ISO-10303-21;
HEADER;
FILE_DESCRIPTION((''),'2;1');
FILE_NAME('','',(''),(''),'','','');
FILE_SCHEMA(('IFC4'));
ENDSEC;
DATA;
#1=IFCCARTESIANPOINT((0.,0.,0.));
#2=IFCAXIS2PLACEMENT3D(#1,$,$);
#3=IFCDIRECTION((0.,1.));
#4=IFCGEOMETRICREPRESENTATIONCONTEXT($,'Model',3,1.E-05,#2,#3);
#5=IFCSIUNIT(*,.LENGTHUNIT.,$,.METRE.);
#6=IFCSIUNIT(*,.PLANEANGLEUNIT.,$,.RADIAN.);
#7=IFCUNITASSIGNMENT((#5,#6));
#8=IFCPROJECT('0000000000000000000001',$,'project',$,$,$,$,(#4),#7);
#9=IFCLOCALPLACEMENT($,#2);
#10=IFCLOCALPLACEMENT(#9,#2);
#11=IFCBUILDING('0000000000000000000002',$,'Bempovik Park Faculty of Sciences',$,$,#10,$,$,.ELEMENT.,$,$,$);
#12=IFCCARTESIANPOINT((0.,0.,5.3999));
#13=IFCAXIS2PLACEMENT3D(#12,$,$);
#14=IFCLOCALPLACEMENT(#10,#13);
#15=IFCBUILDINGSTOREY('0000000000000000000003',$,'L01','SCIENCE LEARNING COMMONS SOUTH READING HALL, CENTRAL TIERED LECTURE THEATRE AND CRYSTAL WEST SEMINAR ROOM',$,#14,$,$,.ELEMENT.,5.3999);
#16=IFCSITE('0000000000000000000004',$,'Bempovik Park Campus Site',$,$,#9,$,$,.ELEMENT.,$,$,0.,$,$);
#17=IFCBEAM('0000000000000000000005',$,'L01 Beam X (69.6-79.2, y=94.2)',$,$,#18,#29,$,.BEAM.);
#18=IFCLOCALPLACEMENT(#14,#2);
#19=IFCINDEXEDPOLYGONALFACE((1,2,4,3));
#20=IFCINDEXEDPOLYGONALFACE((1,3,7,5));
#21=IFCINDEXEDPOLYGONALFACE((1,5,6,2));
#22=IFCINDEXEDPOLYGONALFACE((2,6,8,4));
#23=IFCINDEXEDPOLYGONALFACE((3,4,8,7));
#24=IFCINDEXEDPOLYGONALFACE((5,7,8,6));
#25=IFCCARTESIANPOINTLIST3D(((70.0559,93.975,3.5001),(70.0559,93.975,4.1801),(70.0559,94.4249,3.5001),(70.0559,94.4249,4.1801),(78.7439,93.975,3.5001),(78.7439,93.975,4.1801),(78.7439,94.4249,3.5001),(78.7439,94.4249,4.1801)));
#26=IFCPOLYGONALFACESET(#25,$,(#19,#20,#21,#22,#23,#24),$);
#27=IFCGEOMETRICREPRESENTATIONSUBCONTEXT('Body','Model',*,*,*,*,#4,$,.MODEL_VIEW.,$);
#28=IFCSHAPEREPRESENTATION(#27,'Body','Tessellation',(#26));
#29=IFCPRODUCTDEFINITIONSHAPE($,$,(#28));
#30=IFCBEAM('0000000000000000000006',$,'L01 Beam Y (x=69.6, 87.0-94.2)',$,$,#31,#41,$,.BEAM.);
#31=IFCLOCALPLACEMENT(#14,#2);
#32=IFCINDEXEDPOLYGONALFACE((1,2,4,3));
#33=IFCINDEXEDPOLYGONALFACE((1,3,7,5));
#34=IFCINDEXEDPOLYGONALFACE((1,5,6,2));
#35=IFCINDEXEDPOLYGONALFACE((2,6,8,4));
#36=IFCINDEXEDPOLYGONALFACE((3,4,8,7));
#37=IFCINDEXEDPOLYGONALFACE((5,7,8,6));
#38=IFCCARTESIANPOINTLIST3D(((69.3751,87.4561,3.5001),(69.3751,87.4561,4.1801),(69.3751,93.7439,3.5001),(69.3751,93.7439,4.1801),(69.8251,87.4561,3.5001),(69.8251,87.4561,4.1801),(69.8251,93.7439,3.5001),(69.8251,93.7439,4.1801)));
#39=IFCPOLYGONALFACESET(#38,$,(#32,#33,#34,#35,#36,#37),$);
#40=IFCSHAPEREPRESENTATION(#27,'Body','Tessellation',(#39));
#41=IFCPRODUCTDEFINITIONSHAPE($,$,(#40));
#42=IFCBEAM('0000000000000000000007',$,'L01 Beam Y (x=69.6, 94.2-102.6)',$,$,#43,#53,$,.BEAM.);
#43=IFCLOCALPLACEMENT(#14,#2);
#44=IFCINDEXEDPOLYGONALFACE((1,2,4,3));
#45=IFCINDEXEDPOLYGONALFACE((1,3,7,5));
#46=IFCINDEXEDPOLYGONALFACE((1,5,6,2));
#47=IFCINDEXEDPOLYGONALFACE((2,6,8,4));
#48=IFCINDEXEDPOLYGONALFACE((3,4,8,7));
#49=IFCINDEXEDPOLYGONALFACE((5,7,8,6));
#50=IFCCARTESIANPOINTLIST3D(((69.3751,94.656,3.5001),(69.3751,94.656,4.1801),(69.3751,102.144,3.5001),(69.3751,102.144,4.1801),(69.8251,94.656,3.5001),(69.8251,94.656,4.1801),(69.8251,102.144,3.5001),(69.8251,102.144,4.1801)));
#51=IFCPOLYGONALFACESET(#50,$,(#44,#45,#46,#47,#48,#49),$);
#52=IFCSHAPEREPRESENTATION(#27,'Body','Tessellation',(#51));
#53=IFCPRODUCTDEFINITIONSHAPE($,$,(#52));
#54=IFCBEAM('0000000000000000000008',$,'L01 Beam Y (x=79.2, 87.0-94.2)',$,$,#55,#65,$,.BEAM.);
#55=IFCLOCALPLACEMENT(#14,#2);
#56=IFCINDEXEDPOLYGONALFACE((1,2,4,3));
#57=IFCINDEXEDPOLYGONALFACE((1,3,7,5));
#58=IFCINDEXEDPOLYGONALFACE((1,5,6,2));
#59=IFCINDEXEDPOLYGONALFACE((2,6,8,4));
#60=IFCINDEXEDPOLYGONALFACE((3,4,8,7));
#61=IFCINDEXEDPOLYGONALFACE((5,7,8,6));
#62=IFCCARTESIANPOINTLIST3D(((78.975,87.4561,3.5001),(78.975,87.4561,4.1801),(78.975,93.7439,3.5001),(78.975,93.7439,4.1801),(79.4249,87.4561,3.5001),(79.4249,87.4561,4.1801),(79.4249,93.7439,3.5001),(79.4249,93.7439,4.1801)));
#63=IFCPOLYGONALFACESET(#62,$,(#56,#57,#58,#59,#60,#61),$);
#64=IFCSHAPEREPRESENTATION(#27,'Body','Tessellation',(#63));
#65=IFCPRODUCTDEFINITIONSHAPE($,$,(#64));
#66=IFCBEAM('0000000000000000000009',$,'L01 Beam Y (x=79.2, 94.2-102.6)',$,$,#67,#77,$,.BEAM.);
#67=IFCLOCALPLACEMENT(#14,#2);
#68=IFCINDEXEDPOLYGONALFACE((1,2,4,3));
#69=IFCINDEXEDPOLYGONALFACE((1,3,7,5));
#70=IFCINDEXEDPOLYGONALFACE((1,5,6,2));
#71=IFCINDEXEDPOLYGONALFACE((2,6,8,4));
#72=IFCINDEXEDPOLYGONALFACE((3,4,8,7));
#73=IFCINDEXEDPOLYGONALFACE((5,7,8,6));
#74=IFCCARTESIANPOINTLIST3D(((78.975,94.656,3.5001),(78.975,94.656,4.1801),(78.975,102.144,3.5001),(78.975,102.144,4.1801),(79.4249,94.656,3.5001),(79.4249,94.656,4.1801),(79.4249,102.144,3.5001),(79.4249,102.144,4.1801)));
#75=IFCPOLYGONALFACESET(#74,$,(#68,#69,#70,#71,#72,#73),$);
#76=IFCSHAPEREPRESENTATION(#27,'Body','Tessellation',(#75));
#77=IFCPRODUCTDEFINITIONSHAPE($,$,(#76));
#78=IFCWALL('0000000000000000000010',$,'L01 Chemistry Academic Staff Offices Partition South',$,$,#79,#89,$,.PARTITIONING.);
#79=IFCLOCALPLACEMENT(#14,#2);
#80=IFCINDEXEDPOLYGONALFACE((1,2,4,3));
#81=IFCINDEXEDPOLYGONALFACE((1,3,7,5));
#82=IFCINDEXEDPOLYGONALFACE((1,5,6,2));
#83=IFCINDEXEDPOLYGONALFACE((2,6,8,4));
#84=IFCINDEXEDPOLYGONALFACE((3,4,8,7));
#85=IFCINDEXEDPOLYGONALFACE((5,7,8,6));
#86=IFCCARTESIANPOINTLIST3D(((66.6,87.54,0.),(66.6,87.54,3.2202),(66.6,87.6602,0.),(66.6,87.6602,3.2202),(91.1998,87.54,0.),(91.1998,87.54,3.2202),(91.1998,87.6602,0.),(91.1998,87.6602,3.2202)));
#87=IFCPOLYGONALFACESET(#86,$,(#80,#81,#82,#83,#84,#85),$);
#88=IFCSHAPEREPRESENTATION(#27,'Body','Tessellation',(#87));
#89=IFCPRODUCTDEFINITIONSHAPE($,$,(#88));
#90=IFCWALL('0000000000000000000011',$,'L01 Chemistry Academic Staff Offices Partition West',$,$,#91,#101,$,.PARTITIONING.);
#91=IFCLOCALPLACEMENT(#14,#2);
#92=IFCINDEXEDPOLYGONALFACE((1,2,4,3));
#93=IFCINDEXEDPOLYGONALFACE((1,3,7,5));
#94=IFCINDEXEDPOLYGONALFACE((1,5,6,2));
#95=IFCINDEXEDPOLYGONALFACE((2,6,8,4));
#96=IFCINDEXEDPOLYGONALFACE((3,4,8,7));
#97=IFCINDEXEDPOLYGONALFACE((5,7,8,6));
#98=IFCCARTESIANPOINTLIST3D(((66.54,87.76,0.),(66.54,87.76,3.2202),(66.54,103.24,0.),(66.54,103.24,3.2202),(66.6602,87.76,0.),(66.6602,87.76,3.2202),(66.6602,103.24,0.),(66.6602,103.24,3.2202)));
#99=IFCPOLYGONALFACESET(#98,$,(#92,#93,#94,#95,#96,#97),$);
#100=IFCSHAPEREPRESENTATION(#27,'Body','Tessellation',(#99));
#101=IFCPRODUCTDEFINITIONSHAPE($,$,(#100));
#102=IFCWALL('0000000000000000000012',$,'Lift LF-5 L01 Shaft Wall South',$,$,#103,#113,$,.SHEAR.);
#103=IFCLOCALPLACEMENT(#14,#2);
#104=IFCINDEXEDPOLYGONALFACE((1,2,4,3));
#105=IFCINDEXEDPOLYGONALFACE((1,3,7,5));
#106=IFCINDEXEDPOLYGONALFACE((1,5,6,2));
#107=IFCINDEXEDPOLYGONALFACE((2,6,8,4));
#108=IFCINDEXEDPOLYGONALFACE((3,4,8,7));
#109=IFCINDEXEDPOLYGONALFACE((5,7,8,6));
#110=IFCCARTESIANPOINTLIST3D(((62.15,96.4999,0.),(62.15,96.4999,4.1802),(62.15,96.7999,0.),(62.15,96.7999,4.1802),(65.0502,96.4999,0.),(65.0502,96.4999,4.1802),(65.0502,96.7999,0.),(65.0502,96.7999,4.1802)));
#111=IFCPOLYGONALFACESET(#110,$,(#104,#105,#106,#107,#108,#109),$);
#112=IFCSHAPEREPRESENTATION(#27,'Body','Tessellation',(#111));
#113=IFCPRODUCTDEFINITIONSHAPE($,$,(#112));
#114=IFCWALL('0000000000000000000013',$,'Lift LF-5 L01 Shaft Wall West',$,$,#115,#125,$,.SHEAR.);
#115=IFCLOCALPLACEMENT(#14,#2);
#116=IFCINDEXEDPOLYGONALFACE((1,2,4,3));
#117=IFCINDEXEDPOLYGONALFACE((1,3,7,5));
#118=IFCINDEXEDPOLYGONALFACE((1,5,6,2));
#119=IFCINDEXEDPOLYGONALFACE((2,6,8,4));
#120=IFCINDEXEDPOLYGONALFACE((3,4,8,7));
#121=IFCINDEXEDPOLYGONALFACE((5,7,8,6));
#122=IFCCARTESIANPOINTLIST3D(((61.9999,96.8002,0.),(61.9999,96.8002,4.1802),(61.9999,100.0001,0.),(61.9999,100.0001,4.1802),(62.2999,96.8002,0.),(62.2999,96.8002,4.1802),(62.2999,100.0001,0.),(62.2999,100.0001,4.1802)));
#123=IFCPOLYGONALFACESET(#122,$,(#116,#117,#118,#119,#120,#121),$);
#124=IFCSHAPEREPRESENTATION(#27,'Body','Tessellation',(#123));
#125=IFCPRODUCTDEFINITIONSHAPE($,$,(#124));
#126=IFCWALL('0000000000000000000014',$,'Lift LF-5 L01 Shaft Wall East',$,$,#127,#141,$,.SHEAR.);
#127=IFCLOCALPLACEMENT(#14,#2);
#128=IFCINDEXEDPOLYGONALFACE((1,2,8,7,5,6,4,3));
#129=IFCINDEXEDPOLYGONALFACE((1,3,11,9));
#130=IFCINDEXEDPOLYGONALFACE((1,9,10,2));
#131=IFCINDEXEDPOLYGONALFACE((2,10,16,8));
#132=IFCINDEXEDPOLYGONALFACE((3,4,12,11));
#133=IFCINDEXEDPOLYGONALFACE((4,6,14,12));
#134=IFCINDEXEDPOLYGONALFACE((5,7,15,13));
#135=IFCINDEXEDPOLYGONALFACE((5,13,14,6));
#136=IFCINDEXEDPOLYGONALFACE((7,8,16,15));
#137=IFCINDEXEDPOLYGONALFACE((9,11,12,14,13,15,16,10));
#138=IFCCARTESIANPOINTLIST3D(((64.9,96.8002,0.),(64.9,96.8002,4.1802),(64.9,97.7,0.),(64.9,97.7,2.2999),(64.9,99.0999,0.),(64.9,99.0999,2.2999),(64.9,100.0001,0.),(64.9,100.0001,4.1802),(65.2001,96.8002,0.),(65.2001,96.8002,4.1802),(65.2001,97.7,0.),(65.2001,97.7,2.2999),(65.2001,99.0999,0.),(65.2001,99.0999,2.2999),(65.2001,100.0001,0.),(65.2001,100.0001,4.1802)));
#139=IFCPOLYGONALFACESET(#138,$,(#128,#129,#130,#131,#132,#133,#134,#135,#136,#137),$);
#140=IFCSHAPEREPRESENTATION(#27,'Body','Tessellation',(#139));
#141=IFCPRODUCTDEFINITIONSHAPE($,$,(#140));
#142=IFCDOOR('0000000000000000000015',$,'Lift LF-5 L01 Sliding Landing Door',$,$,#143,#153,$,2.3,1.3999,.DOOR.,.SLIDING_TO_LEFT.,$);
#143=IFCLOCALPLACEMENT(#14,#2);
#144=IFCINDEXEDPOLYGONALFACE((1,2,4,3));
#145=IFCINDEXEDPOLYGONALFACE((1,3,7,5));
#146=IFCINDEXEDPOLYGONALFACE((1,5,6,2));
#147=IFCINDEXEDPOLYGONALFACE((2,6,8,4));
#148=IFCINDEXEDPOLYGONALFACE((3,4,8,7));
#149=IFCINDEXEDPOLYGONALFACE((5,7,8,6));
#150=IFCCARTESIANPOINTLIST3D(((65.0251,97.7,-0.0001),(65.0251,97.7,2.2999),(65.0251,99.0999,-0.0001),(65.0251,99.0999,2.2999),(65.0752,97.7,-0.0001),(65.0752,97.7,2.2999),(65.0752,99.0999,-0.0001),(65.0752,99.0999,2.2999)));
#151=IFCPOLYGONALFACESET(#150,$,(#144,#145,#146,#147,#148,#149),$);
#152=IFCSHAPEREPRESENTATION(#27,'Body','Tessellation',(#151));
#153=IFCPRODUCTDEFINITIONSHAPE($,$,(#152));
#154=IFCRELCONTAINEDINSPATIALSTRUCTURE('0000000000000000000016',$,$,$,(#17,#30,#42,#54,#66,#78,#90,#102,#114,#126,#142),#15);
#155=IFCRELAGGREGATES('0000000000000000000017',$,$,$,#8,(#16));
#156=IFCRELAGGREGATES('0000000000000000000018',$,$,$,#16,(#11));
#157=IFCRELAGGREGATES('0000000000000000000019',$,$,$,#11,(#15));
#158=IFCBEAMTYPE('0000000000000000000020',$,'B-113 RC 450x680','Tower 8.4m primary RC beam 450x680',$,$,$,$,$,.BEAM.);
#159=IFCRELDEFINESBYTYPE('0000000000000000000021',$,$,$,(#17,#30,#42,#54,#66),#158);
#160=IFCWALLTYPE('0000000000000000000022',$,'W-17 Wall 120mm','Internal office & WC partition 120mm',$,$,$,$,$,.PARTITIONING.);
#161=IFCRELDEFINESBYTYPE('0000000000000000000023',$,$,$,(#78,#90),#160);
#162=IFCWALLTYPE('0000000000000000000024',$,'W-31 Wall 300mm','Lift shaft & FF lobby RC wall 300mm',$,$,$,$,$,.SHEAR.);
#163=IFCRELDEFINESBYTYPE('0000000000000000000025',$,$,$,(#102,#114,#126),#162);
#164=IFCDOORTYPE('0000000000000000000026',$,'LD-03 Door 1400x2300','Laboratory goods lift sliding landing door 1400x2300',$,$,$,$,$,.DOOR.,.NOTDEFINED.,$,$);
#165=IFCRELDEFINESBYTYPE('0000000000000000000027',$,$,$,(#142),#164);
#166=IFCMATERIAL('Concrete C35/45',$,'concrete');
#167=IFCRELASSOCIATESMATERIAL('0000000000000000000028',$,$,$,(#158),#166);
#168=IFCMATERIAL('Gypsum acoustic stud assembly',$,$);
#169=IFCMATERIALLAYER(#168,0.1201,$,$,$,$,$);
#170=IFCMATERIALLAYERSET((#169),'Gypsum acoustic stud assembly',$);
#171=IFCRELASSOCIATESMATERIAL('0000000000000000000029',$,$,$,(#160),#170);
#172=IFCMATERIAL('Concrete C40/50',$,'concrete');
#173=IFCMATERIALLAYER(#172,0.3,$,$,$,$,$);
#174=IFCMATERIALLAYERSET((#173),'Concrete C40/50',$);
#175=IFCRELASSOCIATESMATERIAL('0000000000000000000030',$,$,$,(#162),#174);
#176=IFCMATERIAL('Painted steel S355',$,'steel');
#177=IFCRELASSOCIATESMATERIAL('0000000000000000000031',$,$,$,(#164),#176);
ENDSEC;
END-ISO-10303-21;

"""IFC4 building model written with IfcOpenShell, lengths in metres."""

from ifc_helpers import new_model, si_unit, direction, frame, frame_2d, origin, origin_2d, place, context, subcontext, project, spatial, rectangle, extrude, material, layer, layer_set, material_profile, profile_set, type_object, element, fill, save


model = new_model("IFC4")

# Units and contexts
model_context = context("Model", 3, precision=1e-05, world=origin(), true_north=direction((0.0, 1.0)))
body_context = subcontext(model_context, "Body", "Model", "MODEL_VIEW")
ifc_project = project(units=[si_unit("LENGTHUNIT", "METRE"), si_unit("PLANEANGLEUNIT", "RADIAN")], contexts=[model_context])

# Site, building, storey
site_placement = place(None, origin())
site = spatial("IfcSite", under=ifc_project, at=site_placement, Name="Bempovik Park Campus Site", CompositionType="ELEMENT", RefElevation=0.0)
building_placement = place(site_placement, origin())
building = spatial("IfcBuilding", under=site, at=building_placement, Name="Bempovik Park Faculty of Sciences", CompositionType="ELEMENT")
storey_placement = place(building_placement, frame((0.0, 0.0, 5.3999)))
storey = spatial("IfcBuildingStorey", under=building, at=storey_placement, Name="L01", Description="SCIENCE LEARNING COMMONS SOUTH READING HALL, CENTRAL TIERED LECTURE THEATRE AND CRYSTAL WEST SEMINAR ROOM", CompositionType="ELEMENT", Elevation=5.3999)

# Shared definitions
ifc_material_1 = material(Name="Concrete C40/50", Category="concrete")

# Beams
ifc_material_2 = material(Name="Concrete C35/45", Category="concrete")
ifc_material_profile_1 = material_profile(ifc_material_2, rectangle(XDim=0.45, YDim=0.6799, at=origin_2d()), Name="RC 450x680")
ifc_profile_set_1 = profile_set([ifc_material_profile_1], Name="Concrete C35/45")
beam_type_1 = type_object("IfcBeamType", Name="B-113 RC 450x680", Description="Tower 8.4m primary RC beam 450x680", PredefinedType="BEAM", material=ifc_profile_set_1)
for number, where, z_axis, x_axis, name in (
    (1, (70.0559, 94.2, 3.8401), (1.0, 0.0, 0.0), (0.0, 1.0, 0.0), "L01 Beam X (69.6-79.2, y=94.2)"),
):
    element("IfcBeam", number, at=place(storey_placement, frame(where, z_axis=z_axis, x_axis=x_axis)), inside=storey, type_object=beam_type_1, Name=name, PredefinedType="BEAM", context=body_context, shape_type="SweptSolid", body=[
        extrude(rectangle(XDim=0.45, YDim=0.6799, at=origin_2d()), origin(), (0.0, 0.0, 1.0), 8.688),
    ])
beam_1_placement = place(storey_placement, frame((69.6001, 87.4561, 3.8401), z_axis=(0.0, 1.0, 0.0), x_axis=(-1.0, 0.0, 0.0)))
element("IfcBeam", 2, at=beam_1_placement, inside=storey, type_object=beam_type_1, Name="L01 Beam Y (x=69.6, 87.0-94.2)", PredefinedType="BEAM", context=body_context, shape_type="SweptSolid", body=[
    extrude(rectangle(XDim=0.45, YDim=0.6799, at=origin_2d()), origin(), (0.0, 0.0, 1.0), 6.2878),
])
beam_2_placement = place(storey_placement, frame((69.6001, 94.656, 3.8401), z_axis=(0.0, 1.0, 0.0), x_axis=(-1.0, 0.0, 0.0)))
element("IfcBeam", 3, at=beam_2_placement, inside=storey, type_object=beam_type_1, Name="L01 Beam Y (x=69.6, 94.2-102.6)", PredefinedType="BEAM", context=body_context, shape_type="SweptSolid", body=[
    extrude(rectangle(XDim=0.45, YDim=0.6799, at=origin_2d()), origin(), (0.0, 0.0, 1.0), 7.488),
])
beam_3_placement = place(storey_placement, frame((79.2, 87.4561, 3.8401), z_axis=(0.0, 1.0, 0.0), x_axis=(-1.0, 0.0, 0.0)))
element("IfcBeam", 4, at=beam_3_placement, inside=storey, type_object=beam_type_1, Name="L01 Beam Y (x=79.2, 87.0-94.2)", PredefinedType="BEAM", context=body_context, shape_type="SweptSolid", body=[
    extrude(rectangle(XDim=0.45, YDim=0.6799, at=origin_2d()), origin(), (0.0, 0.0, 1.0), 6.2878),
])
beam_4_placement = place(storey_placement, frame((79.2, 94.656, 3.8401), z_axis=(0.0, 1.0, 0.0), x_axis=(-1.0, 0.0, 0.0)))
element("IfcBeam", 5, at=beam_4_placement, inside=storey, type_object=beam_type_1, Name="L01 Beam Y (x=79.2, 94.2-102.6)", PredefinedType="BEAM", context=body_context, shape_type="SweptSolid", body=[
    extrude(rectangle(XDim=0.45, YDim=0.6799, at=origin_2d()), origin(), (0.0, 0.0, 1.0), 7.488),
])

# Walls
ifc_material_3 = material(Name="Gypsum acoustic stud assembly")
ifc_layer_1 = layer(ifc_material_3, 0.1201)
ifc_layer_set_1 = layer_set([ifc_layer_1], Name="Gypsum acoustic stud assembly")
wall_type_1 = type_object("IfcWallType", Name="W-17 Wall 120mm", Description="Internal office & WC partition 120mm", PredefinedType="PARTITIONING", material=ifc_layer_set_1)
wall_1_placement = place(storey_placement, frame((66.6001, 87.6001, 0.0), z_axis=(0.0, 0.0, 1.0), x_axis=(1.0, 0.0, 0.0)))
element("IfcWall", 6, at=wall_1_placement, inside=storey, type_object=wall_type_1, Name="L01 Chemistry Academic Staff Offices Partition South", PredefinedType="PARTITIONING", context=body_context, shape_type="SweptSolid", body=[
    extrude(rectangle(XDim=24.5999, YDim=0.1201, at=frame_2d((12.2998, 0.0))), origin(), (0.0, 0.0, 1.0), 3.2202),
])
wall_2_placement = place(storey_placement, frame((66.6001, 87.76, 0.0), z_axis=(0.0, 0.0, 1.0), x_axis=(0.0, 1.0, 0.0)))
element("IfcWall", 7, at=wall_2_placement, inside=storey, type_object=wall_type_1, Name="L01 Chemistry Academic Staff Offices Partition West", PredefinedType="PARTITIONING", context=body_context, shape_type="SweptSolid", body=[
    extrude(rectangle(XDim=15.48, YDim=0.1201, at=frame_2d((7.74, 0.0))), origin(), (0.0, 0.0, 1.0), 3.2202),
])
ifc_layer_2 = layer(ifc_material_1, 0.3)
ifc_layer_set_2 = layer_set([ifc_layer_2], Name="Concrete C40/50")
wall_type_2 = type_object("IfcWallType", Name="W-31 Wall 300mm", Description="Lift shaft & FF lobby RC wall 300mm", PredefinedType="SHEAR", material=ifc_layer_set_2)
wall_3_placement = place(storey_placement, frame((62.1499, 96.6499, 0.0), z_axis=(0.0, 0.0, 1.0), x_axis=(1.0, 0.0, 0.0)))
element("IfcWall", 8, at=wall_3_placement, inside=storey, type_object=wall_type_2, Name="Lift LF-5 L01 Shaft Wall South", PredefinedType="SHEAR", context=body_context, shape_type="SweptSolid", body=[
    extrude(rectangle(XDim=2.9001, YDim=0.3, at=frame_2d((1.4502, 0.0))), origin(), (0.0, 0.0, 1.0), 4.1802),
])
wall_4_placement = place(storey_placement, frame((62.1499, 96.8, 0.0), z_axis=(0.0, 0.0, 1.0), x_axis=(0.0, 1.0, 0.0)))
element("IfcWall", 9, at=wall_4_placement, inside=storey, type_object=wall_type_2, Name="Lift LF-5 L01 Shaft Wall West", PredefinedType="SHEAR", context=body_context, shape_type="SweptSolid", body=[
    extrude(rectangle(XDim=3.2, YDim=0.3, at=frame_2d((1.6001, 0.0))), origin(), (0.0, 0.0, 1.0), 4.1802),
])

# Wall, opening, door
wall_5_placement = place(storey_placement, frame((65.05, 96.8, 0.0), z_axis=(0.0, 0.0, 1.0), x_axis=(0.0, 1.0, 0.0)))
wall_5 = element("IfcWall", 10, at=wall_5_placement, inside=storey, type_object=wall_type_2, Name="Lift LF-5 L01 Shaft Wall East", PredefinedType="SHEAR", context=body_context, shape_type="SweptSolid", body=[
    extrude(rectangle(XDim=3.2, YDim=0.3, at=frame_2d((1.6001, 0.0))), origin(), (0.0, 0.0, 1.0), 4.1802),
])
opening_placement = place(wall_5_placement, frame((0.8999, 0.0, 0.0)))
opening = element("IfcOpeningElement", 11, at=opening_placement, cuts=wall_5, PredefinedType="OPENING", context=body_context, shape_type="SweptSolid", body=[
    extrude(rectangle(XDim=1.3999, YDim=2.3, at=frame_2d((0.7, 1.1499))), frame((0.0, 0.1602, 0.0), z_axis=(0.0, -1.0, 0.0), x_axis=(1.0, 0.0, 0.0)), (0.0, 0.0, 1.0), 0.3201),
])
ifc_material_4 = material(Name="Painted steel S355", Category="steel")
door_type = type_object("IfcDoorType", Name="LD-03 Door 1400x2300", Description="Laboratory goods lift sliding landing door 1400x2300", OperationType="NOTDEFINED", PredefinedType="DOOR", material=ifc_material_4)
door_placement = place(opening_placement, origin())
door = element("IfcDoor", 12, at=door_placement, inside=storey, type_object=door_type, Name="Lift LF-5 L01 Sliding Landing Door", OperationType="SLIDING_TO_LEFT", OverallHeight=2.3, OverallWidth=1.3999, PredefinedType="DOOR", context=body_context, shape_type="SweptSolid", body=[
    extrude(rectangle(XDim=1.3999, YDim=2.3, at=frame_2d((0.7, 1.1499))), frame((0.0, 0.0249, 0.0), z_axis=(0.0, -1.0, 0.0), x_axis=(1.0, 0.0, 0.0)), (0.0, 0.0, 1.0), 0.05),
])
fill(opening, door)

save(model, "model.ifc")
